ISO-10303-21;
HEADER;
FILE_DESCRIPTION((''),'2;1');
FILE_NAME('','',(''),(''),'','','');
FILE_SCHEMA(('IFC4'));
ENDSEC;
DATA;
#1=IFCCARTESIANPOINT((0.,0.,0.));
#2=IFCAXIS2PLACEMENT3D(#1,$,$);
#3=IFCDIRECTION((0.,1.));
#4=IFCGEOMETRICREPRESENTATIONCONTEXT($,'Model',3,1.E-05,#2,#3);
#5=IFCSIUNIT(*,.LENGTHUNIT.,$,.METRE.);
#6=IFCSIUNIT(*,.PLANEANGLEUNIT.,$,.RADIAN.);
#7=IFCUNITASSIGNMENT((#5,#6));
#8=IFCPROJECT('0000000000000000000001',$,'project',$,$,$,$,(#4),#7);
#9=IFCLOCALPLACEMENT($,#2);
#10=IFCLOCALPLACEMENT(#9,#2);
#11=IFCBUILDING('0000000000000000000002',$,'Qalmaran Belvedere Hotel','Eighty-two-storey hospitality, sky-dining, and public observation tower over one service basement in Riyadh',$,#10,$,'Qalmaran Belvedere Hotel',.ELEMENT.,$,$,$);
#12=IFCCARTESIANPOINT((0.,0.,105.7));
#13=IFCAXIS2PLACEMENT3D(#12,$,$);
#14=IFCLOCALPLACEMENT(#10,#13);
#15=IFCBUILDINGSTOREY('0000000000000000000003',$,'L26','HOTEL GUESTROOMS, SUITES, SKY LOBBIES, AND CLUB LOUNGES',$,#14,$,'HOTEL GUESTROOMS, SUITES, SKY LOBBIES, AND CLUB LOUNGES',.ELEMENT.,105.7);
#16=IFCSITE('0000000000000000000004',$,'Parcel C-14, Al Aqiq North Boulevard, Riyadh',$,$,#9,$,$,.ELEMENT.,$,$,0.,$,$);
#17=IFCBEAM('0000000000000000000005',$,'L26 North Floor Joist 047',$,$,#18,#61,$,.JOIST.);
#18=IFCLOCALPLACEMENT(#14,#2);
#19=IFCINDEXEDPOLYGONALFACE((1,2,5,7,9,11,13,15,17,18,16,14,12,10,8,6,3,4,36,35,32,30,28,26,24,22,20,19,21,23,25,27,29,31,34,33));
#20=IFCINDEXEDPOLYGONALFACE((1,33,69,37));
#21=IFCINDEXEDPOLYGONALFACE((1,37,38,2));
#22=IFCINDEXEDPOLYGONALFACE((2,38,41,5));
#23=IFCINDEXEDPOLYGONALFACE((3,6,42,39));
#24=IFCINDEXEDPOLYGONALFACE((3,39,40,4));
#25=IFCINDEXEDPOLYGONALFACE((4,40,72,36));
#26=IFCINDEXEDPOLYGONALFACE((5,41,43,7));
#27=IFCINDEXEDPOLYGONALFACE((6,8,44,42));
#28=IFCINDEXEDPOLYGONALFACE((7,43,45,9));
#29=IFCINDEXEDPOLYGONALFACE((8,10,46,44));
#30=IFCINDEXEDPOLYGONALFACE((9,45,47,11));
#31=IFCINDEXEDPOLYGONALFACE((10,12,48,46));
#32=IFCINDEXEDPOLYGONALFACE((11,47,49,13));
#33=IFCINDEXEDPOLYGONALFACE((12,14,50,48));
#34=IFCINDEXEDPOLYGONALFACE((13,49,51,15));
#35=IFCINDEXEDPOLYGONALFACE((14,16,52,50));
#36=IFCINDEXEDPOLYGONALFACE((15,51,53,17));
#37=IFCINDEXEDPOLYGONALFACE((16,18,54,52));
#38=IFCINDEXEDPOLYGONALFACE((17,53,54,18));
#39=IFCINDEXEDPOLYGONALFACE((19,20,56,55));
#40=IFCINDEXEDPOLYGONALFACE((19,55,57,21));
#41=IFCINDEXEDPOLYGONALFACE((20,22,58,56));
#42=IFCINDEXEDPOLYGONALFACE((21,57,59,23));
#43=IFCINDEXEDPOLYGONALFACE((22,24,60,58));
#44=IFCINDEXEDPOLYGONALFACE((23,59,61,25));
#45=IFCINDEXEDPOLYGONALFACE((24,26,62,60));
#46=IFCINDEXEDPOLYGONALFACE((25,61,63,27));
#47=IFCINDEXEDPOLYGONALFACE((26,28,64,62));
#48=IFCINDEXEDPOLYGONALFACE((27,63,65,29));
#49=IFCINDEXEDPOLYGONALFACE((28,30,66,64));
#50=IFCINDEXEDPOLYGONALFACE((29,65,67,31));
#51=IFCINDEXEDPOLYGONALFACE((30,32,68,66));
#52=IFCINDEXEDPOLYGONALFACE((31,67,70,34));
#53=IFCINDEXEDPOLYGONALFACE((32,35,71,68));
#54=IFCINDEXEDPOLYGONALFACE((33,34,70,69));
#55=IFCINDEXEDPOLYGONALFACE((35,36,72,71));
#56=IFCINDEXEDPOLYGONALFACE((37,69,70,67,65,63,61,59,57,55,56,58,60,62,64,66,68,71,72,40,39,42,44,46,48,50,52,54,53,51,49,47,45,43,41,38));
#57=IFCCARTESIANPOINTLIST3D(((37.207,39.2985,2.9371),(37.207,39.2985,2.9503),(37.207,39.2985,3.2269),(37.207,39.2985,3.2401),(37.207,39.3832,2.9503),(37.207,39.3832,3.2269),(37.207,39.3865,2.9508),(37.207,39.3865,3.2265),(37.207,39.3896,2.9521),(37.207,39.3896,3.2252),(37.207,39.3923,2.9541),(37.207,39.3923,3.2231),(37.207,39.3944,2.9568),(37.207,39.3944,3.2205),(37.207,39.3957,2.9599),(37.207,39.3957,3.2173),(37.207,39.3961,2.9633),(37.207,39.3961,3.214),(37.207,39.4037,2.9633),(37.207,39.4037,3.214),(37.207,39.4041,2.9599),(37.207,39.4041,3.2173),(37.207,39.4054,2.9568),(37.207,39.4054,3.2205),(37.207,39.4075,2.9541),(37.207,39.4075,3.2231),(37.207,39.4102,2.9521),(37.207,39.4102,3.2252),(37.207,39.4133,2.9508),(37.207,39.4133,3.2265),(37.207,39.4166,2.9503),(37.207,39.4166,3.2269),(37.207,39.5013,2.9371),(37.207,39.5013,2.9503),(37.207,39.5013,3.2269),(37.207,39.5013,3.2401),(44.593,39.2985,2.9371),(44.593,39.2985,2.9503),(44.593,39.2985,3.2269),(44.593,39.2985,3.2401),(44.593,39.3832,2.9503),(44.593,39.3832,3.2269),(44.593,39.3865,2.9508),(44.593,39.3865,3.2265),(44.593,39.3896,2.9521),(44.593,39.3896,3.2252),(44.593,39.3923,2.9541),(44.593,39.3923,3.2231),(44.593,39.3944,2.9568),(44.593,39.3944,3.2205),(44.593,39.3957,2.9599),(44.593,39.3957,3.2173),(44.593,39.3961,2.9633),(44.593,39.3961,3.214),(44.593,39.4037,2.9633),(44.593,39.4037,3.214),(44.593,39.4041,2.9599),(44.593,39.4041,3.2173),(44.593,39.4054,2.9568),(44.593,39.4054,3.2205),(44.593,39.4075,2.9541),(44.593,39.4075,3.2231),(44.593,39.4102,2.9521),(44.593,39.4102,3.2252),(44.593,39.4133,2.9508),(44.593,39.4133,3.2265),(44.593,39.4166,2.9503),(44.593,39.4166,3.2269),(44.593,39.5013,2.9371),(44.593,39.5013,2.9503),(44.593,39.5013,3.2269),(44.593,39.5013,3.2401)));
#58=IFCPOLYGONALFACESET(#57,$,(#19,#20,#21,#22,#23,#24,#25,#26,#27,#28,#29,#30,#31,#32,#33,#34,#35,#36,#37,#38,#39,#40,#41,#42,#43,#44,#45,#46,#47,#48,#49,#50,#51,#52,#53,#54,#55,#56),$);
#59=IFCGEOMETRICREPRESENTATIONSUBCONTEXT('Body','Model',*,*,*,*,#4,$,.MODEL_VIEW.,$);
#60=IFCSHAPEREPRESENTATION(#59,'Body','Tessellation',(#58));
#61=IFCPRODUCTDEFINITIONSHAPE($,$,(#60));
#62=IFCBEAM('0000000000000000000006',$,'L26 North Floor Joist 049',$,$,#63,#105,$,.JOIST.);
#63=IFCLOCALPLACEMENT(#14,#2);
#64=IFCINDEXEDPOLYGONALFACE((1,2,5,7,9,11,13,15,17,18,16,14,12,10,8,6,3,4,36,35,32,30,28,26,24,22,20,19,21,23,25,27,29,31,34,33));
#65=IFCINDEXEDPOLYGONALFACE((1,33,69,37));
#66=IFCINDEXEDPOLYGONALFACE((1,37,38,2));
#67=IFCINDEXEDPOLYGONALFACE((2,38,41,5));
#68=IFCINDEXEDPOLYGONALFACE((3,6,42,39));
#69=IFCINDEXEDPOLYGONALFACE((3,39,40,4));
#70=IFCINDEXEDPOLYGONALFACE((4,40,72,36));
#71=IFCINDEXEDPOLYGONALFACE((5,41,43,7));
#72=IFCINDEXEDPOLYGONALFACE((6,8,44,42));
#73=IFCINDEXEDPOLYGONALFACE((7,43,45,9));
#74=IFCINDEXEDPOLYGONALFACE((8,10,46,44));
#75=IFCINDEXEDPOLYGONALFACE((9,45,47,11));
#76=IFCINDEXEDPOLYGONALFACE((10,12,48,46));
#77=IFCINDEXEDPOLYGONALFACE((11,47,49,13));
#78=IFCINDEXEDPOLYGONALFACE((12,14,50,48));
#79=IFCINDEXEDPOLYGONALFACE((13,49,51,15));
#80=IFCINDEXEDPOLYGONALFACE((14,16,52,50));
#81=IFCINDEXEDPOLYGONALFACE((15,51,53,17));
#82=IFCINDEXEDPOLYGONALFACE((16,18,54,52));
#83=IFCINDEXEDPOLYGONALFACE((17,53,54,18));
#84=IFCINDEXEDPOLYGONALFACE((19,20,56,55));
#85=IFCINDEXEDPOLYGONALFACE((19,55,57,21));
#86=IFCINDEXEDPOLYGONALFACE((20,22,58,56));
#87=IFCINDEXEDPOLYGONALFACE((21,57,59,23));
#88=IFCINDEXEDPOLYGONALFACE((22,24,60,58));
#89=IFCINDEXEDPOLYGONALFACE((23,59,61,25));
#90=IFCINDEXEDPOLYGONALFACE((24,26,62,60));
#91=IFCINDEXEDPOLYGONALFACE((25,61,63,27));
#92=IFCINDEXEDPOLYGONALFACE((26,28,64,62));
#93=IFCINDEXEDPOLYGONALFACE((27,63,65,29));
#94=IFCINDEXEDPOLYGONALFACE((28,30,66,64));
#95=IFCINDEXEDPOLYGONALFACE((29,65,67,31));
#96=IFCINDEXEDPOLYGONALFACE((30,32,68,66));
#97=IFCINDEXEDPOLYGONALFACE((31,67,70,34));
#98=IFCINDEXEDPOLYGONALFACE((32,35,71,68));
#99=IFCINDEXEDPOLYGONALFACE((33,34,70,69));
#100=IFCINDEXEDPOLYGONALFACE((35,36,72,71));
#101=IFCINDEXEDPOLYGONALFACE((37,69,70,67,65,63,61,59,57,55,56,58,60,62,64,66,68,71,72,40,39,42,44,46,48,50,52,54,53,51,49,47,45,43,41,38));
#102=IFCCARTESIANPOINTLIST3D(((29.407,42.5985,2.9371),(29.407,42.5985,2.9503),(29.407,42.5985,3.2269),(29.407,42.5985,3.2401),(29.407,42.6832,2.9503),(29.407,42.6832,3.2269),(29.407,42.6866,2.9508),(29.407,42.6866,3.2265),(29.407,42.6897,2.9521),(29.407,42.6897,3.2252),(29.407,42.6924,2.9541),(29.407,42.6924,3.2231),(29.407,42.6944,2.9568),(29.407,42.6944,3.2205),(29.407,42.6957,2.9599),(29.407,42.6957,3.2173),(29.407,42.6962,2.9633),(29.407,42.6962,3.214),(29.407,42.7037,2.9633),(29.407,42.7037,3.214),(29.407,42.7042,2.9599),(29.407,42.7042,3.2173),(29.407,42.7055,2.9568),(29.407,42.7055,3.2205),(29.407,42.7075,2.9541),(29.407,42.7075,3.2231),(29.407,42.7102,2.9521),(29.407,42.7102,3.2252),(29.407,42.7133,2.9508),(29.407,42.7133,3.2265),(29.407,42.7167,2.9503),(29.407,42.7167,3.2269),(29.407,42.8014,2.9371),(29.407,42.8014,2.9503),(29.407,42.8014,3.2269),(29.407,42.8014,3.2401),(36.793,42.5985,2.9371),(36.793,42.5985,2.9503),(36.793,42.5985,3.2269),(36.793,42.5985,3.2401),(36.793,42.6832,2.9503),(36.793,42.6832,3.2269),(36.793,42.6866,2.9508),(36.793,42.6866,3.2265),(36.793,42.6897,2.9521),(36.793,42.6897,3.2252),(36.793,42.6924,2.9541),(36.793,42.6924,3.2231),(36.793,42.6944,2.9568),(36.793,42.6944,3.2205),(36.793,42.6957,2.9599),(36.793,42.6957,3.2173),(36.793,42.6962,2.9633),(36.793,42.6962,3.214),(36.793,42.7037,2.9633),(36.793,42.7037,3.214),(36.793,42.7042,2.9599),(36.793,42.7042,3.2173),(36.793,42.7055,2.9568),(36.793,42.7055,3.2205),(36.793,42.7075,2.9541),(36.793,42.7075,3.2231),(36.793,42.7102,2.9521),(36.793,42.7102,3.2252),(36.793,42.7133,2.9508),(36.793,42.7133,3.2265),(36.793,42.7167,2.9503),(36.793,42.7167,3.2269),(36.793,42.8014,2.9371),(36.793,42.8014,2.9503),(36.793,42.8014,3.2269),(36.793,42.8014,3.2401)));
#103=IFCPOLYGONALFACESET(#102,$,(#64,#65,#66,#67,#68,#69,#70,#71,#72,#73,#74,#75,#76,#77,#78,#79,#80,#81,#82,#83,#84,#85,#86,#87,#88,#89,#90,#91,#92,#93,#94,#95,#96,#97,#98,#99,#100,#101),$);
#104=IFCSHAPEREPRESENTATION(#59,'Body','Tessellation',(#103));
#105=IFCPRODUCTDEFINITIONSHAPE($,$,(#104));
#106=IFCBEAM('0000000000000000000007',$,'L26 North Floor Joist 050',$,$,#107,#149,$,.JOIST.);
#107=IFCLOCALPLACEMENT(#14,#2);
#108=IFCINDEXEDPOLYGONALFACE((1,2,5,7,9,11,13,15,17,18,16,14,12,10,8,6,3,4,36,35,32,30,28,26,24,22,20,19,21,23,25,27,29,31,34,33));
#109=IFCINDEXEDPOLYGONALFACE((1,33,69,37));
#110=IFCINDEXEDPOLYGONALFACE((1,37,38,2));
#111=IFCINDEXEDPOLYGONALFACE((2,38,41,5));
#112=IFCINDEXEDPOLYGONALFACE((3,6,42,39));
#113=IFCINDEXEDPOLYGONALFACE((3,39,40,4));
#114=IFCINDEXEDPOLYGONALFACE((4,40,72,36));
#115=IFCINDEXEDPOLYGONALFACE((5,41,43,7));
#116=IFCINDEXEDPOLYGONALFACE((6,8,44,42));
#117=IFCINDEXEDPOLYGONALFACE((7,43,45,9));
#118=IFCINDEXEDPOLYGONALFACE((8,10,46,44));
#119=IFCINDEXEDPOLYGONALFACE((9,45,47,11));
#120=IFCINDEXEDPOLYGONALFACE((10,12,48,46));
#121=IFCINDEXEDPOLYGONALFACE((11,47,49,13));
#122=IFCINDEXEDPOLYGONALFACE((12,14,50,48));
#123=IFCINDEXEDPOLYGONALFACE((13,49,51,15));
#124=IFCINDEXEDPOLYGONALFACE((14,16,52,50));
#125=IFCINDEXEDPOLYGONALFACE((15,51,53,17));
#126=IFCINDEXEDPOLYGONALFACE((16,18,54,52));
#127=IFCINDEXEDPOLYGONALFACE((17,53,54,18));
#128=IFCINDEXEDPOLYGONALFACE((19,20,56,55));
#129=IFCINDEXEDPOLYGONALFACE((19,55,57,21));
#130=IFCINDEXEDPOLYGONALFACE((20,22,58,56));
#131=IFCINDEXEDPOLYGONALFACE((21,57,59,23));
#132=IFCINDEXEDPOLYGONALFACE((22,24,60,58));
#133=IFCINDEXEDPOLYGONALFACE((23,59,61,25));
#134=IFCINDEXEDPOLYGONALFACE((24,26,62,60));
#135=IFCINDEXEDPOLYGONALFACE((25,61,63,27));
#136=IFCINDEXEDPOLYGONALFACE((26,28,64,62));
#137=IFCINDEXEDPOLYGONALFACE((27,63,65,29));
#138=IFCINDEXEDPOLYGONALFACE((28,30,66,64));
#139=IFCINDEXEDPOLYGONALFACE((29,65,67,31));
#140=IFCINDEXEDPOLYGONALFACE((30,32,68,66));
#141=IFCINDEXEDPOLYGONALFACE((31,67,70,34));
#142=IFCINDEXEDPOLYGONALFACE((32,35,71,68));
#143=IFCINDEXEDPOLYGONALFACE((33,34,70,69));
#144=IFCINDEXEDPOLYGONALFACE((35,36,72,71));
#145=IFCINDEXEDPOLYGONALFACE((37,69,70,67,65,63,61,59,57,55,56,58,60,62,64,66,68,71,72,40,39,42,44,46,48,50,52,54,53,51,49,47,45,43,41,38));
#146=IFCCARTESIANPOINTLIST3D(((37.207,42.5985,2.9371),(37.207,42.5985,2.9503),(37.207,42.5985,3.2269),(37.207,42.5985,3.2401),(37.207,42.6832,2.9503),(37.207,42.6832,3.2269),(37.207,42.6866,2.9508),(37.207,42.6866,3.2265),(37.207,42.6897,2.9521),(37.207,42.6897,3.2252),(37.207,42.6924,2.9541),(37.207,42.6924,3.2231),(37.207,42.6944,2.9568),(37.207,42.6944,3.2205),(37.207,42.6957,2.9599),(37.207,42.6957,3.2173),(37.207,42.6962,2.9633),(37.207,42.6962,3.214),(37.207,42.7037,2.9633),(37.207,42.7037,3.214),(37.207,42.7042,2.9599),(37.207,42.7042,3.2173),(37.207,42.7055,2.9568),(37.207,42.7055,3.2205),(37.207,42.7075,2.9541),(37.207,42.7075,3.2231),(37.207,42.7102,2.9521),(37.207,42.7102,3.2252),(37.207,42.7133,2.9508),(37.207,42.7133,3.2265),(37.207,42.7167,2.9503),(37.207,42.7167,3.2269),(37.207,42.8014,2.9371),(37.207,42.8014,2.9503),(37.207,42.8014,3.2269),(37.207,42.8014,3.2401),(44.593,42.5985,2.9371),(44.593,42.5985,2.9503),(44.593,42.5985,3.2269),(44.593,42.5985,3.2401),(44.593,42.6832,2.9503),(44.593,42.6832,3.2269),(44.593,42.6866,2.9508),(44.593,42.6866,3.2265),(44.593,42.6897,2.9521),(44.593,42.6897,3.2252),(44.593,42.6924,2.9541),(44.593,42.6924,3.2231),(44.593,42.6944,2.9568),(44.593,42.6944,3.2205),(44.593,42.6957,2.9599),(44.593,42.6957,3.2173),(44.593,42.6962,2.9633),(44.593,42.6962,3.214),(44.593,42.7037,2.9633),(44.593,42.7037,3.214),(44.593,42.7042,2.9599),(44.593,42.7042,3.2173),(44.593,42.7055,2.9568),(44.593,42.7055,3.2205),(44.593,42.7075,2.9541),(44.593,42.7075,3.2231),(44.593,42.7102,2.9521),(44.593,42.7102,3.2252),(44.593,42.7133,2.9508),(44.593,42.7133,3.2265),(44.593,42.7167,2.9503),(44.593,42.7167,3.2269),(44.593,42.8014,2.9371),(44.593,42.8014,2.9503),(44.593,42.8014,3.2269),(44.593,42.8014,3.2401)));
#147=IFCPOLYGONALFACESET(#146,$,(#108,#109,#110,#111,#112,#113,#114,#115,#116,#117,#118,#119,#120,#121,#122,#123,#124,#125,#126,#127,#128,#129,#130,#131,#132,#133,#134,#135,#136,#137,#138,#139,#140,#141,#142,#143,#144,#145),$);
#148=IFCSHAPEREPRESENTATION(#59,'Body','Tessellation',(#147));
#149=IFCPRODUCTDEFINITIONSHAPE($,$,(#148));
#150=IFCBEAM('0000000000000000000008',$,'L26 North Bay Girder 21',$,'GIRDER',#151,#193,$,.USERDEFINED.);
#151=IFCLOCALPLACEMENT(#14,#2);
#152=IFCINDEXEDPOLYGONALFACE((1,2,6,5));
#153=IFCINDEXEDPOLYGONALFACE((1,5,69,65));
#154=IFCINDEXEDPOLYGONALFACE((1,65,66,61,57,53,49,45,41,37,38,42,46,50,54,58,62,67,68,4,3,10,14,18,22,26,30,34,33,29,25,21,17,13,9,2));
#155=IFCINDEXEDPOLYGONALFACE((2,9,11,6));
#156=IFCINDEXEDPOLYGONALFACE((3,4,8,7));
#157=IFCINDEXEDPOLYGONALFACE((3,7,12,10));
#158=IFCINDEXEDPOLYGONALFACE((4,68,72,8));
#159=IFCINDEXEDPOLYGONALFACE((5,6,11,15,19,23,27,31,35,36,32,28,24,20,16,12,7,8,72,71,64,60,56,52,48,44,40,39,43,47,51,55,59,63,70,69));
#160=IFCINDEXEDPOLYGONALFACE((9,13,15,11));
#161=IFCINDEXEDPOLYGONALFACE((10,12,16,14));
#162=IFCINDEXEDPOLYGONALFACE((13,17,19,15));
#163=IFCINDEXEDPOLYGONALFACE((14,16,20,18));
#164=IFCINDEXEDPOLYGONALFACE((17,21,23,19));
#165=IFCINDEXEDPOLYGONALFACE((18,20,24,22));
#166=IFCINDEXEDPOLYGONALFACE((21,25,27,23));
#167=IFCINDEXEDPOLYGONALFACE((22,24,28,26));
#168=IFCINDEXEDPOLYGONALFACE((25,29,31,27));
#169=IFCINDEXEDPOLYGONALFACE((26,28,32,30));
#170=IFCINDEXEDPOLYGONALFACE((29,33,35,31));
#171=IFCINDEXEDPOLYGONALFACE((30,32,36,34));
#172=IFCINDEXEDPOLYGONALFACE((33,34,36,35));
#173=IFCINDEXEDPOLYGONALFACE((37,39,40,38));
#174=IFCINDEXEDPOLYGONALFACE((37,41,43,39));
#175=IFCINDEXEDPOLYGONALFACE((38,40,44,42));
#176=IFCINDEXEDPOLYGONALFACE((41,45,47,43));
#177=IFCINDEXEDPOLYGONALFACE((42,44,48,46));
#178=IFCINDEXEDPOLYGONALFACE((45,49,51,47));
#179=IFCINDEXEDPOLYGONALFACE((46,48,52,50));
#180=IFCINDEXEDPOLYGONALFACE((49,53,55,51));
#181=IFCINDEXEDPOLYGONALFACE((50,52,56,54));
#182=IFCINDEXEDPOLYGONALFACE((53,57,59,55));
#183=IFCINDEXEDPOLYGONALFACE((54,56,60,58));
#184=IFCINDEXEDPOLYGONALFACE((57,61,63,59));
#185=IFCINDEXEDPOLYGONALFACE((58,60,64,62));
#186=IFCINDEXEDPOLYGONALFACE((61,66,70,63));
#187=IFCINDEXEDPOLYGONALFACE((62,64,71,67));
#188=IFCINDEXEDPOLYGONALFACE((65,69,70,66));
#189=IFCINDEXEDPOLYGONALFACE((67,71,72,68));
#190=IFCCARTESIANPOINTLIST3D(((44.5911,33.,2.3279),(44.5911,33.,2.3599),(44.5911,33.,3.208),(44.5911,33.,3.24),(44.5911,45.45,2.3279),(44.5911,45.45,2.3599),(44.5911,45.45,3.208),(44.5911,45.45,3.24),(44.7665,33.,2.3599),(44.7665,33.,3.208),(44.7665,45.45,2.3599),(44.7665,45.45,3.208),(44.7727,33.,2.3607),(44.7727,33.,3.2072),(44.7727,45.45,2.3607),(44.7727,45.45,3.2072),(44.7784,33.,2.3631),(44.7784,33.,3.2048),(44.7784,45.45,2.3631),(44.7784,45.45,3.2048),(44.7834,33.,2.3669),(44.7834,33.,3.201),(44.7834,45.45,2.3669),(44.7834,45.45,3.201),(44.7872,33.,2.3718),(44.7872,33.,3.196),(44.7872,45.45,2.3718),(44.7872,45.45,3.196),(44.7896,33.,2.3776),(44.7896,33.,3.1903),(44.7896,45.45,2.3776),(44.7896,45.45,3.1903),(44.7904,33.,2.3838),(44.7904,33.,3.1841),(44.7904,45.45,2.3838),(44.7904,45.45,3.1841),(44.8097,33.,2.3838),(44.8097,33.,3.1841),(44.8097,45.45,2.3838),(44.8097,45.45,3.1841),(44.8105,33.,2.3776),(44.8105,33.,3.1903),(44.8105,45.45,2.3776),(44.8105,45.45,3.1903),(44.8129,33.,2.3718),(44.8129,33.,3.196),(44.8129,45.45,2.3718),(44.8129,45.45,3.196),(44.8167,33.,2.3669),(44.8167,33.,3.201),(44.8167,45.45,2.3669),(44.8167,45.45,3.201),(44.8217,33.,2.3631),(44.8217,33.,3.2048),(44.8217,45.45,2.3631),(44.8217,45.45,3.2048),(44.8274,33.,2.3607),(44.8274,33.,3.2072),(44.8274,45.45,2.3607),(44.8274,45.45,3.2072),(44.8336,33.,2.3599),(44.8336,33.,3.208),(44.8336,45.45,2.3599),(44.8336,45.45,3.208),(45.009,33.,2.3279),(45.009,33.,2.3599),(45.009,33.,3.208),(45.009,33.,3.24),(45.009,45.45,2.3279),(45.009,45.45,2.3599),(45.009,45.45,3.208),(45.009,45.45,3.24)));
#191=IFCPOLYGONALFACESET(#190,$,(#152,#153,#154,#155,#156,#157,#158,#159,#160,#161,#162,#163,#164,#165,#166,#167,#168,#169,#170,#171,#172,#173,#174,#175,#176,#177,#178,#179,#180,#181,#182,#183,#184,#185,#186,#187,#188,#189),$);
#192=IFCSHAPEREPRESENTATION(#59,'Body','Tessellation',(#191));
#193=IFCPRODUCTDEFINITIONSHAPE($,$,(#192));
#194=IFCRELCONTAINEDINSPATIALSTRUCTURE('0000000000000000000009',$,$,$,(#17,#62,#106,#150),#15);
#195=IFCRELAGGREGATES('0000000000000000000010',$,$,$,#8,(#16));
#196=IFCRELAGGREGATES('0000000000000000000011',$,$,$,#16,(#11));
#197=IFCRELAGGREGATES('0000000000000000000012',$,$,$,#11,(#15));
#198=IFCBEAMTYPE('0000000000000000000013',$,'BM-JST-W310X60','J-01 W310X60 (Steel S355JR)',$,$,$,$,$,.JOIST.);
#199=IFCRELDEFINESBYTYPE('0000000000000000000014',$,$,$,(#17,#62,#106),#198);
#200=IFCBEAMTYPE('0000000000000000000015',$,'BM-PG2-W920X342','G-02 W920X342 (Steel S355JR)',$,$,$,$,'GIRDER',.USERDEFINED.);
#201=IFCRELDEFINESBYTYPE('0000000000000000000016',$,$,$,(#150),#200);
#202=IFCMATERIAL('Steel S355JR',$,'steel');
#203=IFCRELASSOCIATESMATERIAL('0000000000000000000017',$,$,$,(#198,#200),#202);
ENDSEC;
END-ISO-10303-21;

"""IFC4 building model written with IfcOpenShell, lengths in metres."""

from ifc_helpers import new_model, si_unit, direction, frame, origin, origin_2d, place, context, subcontext, project, spatial, i_section, extrude, material, material_profile, profile_set, type_object, element, save


model = new_model("IFC4")

# Units and contexts
model_context = context("Model", 3, precision=1e-05, world=origin(), true_north=direction((0.0, 1.0)))
body_context = subcontext(model_context, "Body", "Model", "MODEL_VIEW")
ifc_project = project(units=[si_unit("LENGTHUNIT", "METRE"), si_unit("PLANEANGLEUNIT", "RADIAN")], contexts=[model_context])

# Site, building, storey
site_placement = place(None, origin())
site = spatial("IfcSite", under=ifc_project, at=site_placement, Name="Parcel C-14, Al Aqiq North Boulevard, Riyadh", CompositionType="ELEMENT", RefElevation=0.0)
building_placement = place(site_placement, origin())
building = spatial("IfcBuilding", under=site, at=building_placement, Name="Qalmaran Belvedere Hotel", Description="Eighty-two-storey hospitality, sky-dining, and public observation tower over one service basement in Riyadh", LongName="Qalmaran Belvedere Hotel", CompositionType="ELEMENT")
storey_placement = place(building_placement, frame((0.0, 0.0, 105.7)))
storey = spatial("IfcBuildingStorey", under=building, at=storey_placement, Name="L26", Description="HOTEL GUESTROOMS, SUITES, SKY LOBBIES, AND CLUB LOUNGES", LongName="HOTEL GUESTROOMS, SUITES, SKY LOBBIES, AND CLUB LOUNGES", CompositionType="ELEMENT", Elevation=105.7)

# Beams
ifc_material_1 = material(Name="Steel S355JR", Category="steel")
ifc_material_profile_1 = material_profile(ifc_material_1, i_section(OverallWidth=0.2029, OverallDepth=0.303, WebThickness=0.0076, FlangeThickness=0.0132, FilletRadius=0.0129, at=origin_2d()), Name="W310X60")
ifc_profile_set_1 = profile_set([ifc_material_profile_1], Name="Steel S355JR")
beam_type_1 = type_object("IfcBeamType", Name="BM-JST-W310X60", Description="J-01 W310X60 (Steel S355JR)", PredefinedType="JOIST", material=ifc_profile_set_1)
for number, where, z_axis, x_axis, name in (
    (1, (37.207, 39.3999, 3.0886), (1.0, 0.0, 0.0), (0.0, 1.0, 0.0), "L26 North Floor Joist 047"),
    (2, (29.407, 42.7, 3.0886), (1.0, 0.0, 0.0), (0.0, 1.0, 0.0), "L26 North Floor Joist 049"),
    (3, (37.207, 42.7, 3.0886), (1.0, 0.0, 0.0), (0.0, 1.0, 0.0), "L26 North Floor Joist 050"),
):
    element("IfcBeam", number, at=place(storey_placement, frame(where, z_axis=z_axis, x_axis=x_axis)), inside=storey, type_object=beam_type_1, Name=name, PredefinedType="JOIST", context=body_context, shape_type="SweptSolid", body=[
        extrude(i_section(OverallWidth=0.2029, OverallDepth=0.303, WebThickness=0.0076, FlangeThickness=0.0132, FilletRadius=0.0129, at=origin_2d()), origin(), (0.0, 0.0, 1.0), 7.386),
    ])
ifc_material_profile_2 = material_profile(ifc_material_1, i_section(OverallWidth=0.418, OverallDepth=0.9121, WebThickness=0.0193, FlangeThickness=0.032, FilletRadius=0.0239, at=origin_2d()), Name="W920X342")
ifc_profile_set_2 = profile_set([ifc_material_profile_2], Name="Steel S355JR")
beam_type_2 = type_object("IfcBeamType", Name="BM-PG2-W920X342", Description="G-02 W920X342 (Steel S355JR)", ElementType="GIRDER", PredefinedType="USERDEFINED", material=ifc_profile_set_2)
beam_1_placement = place(storey_placement, frame((44.8, 33.0, 2.7839), z_axis=(0.0, 1.0, 0.0), x_axis=(-1.0, 0.0, 0.0)))
element("IfcBeam", 4, at=beam_1_placement, inside=storey, type_object=beam_type_2, Name="L26 North Bay Girder 21", ObjectType="GIRDER", PredefinedType="USERDEFINED", context=body_context, shape_type="SweptSolid", body=[
    extrude(i_section(OverallWidth=0.418, OverallDepth=0.9121, WebThickness=0.0193, FlangeThickness=0.032, FilletRadius=0.0239, at=origin_2d()), origin(), (0.0, 0.0, 1.0), 12.45),
])

save(model, "model.ifc")
